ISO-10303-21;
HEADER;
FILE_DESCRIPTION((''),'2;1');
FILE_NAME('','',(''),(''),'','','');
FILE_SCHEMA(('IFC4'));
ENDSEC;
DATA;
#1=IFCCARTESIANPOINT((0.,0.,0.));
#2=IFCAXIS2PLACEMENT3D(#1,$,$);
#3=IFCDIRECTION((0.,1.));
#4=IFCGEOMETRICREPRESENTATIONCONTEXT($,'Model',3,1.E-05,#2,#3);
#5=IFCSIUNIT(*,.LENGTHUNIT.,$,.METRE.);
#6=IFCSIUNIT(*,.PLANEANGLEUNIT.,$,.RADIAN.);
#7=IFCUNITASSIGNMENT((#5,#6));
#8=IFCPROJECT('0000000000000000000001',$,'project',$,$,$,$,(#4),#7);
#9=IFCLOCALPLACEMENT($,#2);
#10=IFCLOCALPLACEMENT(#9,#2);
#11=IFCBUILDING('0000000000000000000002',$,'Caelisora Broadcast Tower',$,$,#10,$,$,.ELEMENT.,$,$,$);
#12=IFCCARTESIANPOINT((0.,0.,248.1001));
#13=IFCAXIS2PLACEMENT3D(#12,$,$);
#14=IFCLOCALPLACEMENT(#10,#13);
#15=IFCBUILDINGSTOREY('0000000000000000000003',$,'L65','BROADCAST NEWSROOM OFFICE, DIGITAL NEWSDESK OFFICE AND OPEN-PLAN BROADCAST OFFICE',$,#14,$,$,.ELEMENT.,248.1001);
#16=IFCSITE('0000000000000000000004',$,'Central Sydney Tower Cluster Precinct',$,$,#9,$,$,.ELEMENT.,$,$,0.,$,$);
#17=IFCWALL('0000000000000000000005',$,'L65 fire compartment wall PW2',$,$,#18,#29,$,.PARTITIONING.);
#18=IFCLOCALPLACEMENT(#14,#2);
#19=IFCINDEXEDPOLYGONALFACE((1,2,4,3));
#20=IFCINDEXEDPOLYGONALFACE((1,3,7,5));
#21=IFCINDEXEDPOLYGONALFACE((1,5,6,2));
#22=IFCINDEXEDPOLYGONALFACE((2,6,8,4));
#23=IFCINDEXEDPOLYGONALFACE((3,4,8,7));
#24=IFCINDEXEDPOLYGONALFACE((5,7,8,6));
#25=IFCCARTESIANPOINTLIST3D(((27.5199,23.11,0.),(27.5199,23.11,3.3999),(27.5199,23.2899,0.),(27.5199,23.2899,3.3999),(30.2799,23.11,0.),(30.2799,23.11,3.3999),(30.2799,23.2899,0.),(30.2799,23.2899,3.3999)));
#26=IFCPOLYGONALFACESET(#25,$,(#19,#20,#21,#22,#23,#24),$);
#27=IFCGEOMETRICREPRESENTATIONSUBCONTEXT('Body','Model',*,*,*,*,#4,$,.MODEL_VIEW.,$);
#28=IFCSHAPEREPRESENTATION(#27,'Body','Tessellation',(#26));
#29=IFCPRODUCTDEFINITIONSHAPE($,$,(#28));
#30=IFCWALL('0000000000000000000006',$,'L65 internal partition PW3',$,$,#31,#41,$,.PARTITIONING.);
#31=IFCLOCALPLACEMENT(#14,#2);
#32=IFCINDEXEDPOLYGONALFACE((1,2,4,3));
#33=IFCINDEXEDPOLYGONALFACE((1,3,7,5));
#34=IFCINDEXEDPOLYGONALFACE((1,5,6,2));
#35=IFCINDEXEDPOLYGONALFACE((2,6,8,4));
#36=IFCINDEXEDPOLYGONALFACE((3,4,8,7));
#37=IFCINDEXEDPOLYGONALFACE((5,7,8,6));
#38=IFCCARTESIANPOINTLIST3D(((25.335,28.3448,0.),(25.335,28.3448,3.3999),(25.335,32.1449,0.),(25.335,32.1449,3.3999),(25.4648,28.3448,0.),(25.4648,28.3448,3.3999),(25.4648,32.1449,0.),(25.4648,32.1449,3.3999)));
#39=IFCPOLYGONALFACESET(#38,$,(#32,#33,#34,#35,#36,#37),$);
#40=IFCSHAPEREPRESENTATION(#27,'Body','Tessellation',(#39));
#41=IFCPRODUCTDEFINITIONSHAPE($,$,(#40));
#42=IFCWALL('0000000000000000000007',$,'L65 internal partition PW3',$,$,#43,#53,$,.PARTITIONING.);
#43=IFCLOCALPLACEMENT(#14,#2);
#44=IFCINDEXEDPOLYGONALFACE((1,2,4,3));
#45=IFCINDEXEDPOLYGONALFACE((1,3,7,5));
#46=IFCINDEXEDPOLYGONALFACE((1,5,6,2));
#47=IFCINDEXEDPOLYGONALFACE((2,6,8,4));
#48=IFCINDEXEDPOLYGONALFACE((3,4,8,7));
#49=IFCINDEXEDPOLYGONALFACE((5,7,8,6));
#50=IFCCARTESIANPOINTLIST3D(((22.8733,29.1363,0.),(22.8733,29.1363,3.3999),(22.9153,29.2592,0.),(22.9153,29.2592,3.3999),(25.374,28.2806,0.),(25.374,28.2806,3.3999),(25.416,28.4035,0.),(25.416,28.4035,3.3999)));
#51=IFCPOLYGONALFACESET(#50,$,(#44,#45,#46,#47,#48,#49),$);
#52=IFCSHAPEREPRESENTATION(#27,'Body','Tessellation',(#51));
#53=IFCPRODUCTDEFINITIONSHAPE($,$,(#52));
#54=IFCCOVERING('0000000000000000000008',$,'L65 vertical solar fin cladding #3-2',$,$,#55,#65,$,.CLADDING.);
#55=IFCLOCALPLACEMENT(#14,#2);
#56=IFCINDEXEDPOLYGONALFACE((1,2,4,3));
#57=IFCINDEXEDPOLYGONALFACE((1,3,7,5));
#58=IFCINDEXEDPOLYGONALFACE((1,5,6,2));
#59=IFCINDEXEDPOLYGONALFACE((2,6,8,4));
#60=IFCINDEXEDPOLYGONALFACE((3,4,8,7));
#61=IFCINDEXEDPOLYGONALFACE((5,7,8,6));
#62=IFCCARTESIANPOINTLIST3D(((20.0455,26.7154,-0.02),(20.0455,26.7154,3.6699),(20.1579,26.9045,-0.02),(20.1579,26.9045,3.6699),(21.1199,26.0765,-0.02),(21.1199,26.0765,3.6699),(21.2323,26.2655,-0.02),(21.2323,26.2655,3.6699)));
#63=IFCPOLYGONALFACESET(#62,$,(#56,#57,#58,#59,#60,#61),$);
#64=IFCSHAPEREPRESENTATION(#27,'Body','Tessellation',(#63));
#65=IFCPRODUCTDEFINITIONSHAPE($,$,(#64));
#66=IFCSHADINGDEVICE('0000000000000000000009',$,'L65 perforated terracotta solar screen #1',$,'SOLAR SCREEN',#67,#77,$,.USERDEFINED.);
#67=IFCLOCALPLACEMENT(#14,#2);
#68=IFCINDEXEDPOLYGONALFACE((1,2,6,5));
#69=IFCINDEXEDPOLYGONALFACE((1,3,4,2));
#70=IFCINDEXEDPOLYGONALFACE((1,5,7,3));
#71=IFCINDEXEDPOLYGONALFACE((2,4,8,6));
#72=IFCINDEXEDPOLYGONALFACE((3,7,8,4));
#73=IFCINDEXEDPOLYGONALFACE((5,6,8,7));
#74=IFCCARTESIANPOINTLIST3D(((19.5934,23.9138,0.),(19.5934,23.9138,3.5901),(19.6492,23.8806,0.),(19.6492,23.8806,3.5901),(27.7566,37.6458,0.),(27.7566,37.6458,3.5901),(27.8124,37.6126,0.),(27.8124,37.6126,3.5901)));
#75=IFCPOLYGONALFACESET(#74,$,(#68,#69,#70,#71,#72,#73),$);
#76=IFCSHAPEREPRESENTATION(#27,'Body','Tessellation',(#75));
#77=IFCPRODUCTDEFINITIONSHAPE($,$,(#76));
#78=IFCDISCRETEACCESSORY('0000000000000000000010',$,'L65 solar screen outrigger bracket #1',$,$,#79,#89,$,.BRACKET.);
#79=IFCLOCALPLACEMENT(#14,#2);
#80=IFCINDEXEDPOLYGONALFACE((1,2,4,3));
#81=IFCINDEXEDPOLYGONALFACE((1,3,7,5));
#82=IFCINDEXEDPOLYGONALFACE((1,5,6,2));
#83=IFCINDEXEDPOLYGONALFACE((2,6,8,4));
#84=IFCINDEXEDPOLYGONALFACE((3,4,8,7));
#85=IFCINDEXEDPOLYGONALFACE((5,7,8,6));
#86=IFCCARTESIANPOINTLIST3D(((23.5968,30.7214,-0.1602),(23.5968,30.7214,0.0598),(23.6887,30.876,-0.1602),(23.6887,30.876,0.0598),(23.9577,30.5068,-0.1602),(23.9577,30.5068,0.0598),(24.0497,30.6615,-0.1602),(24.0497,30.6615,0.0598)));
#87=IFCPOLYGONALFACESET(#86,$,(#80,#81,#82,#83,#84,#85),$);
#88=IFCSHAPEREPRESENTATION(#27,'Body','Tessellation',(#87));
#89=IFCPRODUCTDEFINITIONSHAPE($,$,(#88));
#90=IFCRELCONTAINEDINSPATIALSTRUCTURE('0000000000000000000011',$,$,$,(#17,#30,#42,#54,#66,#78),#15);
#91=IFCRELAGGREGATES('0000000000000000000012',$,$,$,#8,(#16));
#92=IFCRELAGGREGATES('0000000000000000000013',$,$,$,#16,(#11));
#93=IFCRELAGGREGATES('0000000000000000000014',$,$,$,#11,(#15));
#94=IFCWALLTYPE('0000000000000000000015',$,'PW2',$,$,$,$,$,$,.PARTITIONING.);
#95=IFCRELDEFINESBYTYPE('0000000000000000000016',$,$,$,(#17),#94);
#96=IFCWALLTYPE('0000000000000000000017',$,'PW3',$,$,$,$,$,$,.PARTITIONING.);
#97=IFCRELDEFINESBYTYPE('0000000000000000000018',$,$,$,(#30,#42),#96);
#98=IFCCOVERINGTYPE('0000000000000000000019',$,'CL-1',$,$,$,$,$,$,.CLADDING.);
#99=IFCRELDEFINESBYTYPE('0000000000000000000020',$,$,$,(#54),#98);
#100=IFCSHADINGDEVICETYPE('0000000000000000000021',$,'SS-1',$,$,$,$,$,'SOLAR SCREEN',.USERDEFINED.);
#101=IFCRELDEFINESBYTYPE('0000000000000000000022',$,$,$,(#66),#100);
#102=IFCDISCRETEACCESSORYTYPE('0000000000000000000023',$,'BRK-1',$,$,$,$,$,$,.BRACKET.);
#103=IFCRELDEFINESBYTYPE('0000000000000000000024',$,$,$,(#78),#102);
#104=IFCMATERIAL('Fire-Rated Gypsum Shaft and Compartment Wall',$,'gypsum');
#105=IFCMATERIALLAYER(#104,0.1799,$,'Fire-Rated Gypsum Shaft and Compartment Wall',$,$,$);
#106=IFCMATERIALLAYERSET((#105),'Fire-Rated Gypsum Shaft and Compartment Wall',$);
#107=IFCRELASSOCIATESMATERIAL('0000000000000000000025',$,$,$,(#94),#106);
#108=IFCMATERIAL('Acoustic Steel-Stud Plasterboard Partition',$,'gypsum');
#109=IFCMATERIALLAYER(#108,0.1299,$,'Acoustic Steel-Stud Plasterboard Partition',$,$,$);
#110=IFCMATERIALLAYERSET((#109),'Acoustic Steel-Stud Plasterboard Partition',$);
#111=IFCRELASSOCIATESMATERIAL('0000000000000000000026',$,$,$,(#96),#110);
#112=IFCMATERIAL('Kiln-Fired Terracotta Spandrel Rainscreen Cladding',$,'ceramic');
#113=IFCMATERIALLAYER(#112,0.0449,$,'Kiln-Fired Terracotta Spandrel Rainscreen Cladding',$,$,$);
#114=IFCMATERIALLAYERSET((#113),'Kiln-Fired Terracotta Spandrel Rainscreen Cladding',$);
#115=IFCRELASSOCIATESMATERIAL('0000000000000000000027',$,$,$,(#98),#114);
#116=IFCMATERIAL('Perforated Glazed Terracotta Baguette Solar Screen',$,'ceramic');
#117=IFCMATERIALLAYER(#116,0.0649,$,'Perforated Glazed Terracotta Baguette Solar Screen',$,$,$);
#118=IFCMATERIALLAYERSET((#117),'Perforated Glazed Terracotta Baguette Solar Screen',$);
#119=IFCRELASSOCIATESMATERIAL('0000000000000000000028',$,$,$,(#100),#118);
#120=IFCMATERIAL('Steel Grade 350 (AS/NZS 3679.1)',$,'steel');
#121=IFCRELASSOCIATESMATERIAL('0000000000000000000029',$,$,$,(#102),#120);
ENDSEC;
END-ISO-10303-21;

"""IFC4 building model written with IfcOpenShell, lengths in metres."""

from ifc_helpers import new_model, si_unit, direction, frame, frame_2d, origin, origin_2d, place, context, subcontext, project, spatial, rectangle, extrude, source, transform, mapped, material, layer, layer_set, type_object, type_shapes, element, save


model = new_model("IFC4")

# Units and contexts
model_context = context("Model", 3, precision=1e-05, world=origin(), true_north=direction((0.0, 1.0)))
body_context = subcontext(model_context, "Body", "Model", "MODEL_VIEW")
ifc_project = project(units=[si_unit("LENGTHUNIT", "METRE"), si_unit("PLANEANGLEUNIT", "RADIAN")], contexts=[model_context])

# Site, building, storey
site_placement = place(None, origin())
site = spatial("IfcSite", under=ifc_project, at=site_placement, Name="Central Sydney Tower Cluster Precinct", CompositionType="ELEMENT", RefElevation=0.0)
building_placement = place(site_placement, origin())
building = spatial("IfcBuilding", under=site, at=building_placement, Name="Caelisora Broadcast Tower", CompositionType="ELEMENT")
storey_placement = place(building_placement, frame((0.0, 0.0, 248.1001)))
storey = spatial("IfcBuildingStorey", under=building, at=storey_placement, Name="L65", Description="BROADCAST NEWSROOM OFFICE, DIGITAL NEWSDESK OFFICE AND OPEN-PLAN BROADCAST OFFICE", CompositionType="ELEMENT", Elevation=248.1001)

# Shared definitions
ifc_material_1 = material(Name="Steel Grade 350 (AS/NZS 3679.1)", Category="steel")

# Shared definitions
ifc_material_2 = material(Name="Fire-Rated Gypsum Shaft and Compartment Wall", Category="gypsum")
ifc_layer_1 = layer(ifc_material_2, 0.1799, Name="Fire-Rated Gypsum Shaft and Compartment Wall")
ifc_layer_set_1 = layer_set([ifc_layer_1], Name="Fire-Rated Gypsum Shaft and Compartment Wall")
wall_type_1 = type_object("IfcWallType", Name="PW2", PredefinedType="PARTITIONING", material=ifc_layer_set_1)

# Walls
wall_1_placement = place(storey_placement, frame((27.52, 23.2, 0.0), z_axis=(0.0, 0.0, 1.0), x_axis=(1.0, 0.0, 0.0)))
element("IfcWall", 1, at=wall_1_placement, inside=storey, type_object=wall_type_1, Name="L65 fire compartment wall PW2", PredefinedType="PARTITIONING", context=body_context, shape_type="SweptSolid", body=[
    extrude(rectangle(XDim=2.76, YDim=0.1799, at=frame_2d((1.3799, 0.0))), origin(), (0.0, 0.0, 1.0), 3.3999),
])
ifc_material_3 = material(Name="Acoustic Steel-Stud Plasterboard Partition", Category="gypsum")
ifc_layer_2 = layer(ifc_material_3, 0.1299, Name="Acoustic Steel-Stud Plasterboard Partition")
ifc_layer_set_2 = layer_set([ifc_layer_2], Name="Acoustic Steel-Stud Plasterboard Partition")
wall_type_2 = type_object("IfcWallType", Name="PW3", PredefinedType="PARTITIONING", material=ifc_layer_set_2)
wall_2_placement = place(storey_placement, frame((25.3999, 28.345, 0.0), z_axis=(0.0, 0.0, 1.0), x_axis=(0.0, 1.0, 0.0)))
element("IfcWall", 2, at=wall_2_placement, inside=storey, type_object=wall_type_2, Name="L65 internal partition PW3", PredefinedType="PARTITIONING", context=body_context, shape_type="SweptSolid", body=[
    extrude(rectangle(XDim=3.8, YDim=0.1299, at=frame_2d((1.8999, 0.0))), origin(), (0.0, 0.0, 1.0), 3.3999),
])
wall_3_placement = place(storey_placement, frame((22.8943, 29.1978, 0.0), z_axis=(0.0, 0.0, 1.0), x_axis=(0.946141, -0.323755, 0.0)))
element("IfcWall", 3, at=wall_3_placement, inside=storey, type_object=wall_type_2, Name="L65 internal partition PW3", PredefinedType="PARTITIONING", context=body_context, shape_type="SweptSolid", body=[
    extrude(rectangle(XDim=2.6431, YDim=0.1299, at=frame_2d((1.3215, 0.0))), origin(), (0.0, 0.0, 1.0), 3.3999),
])

# Covering
ifc_material_4 = material(Name="Kiln-Fired Terracotta Spandrel Rainscreen Cladding", Category="ceramic")
ifc_layer_3 = layer(ifc_material_4, 0.0449, Name="Kiln-Fired Terracotta Spandrel Rainscreen Cladding")
ifc_layer_set_3 = layer_set([ifc_layer_3], Name="Kiln-Fired Terracotta Spandrel Rainscreen Cladding")
covering_type = type_object("IfcCoveringType", Name="CL-1", PredefinedType="CLADDING", material=ifc_layer_set_3)
shared_shape_1 = source(origin(), body_context, "Body", "SweptSolid", [
    extrude(rectangle(XDim=0.22, YDim=1.25, at=origin_2d()), origin(), (0.0, 0.0, 1.0), 3.6899),
])
type_shapes(covering_type, [shared_shape_1])
covering_placement = place(storey_placement, frame((20.6389, 26.4905, -0.02), z_axis=(0.0, 0.0, 1.0), x_axis=(0.511143, 0.859496, 0.0)))
element("IfcCovering", 4, at=covering_placement, inside=storey, type_object=covering_type, Name="L65 vertical solar fin cladding #3-2", PredefinedType="CLADDING", context=body_context, shape_type="MappedRepresentation", body=[
    mapped(shared_shape_1, transform((0.0, 0.0, 0.0), scale=1.0)),
])

# Shading device
ifc_material_5 = material(Name="Perforated Glazed Terracotta Baguette Solar Screen", Category="ceramic")
ifc_layer_4 = layer(ifc_material_5, 0.0649, Name="Perforated Glazed Terracotta Baguette Solar Screen")
ifc_layer_set_4 = layer_set([ifc_layer_4], Name="Perforated Glazed Terracotta Baguette Solar Screen")
shading_device_type = type_object("IfcShadingDeviceType", Name="SS-1", ElementType="SOLAR SCREEN", PredefinedType="USERDEFINED", material=ifc_layer_set_4)
shared_shape_2 = source(origin(), body_context, "Body", "SweptSolid", [
    extrude(rectangle(XDim=15.9751, YDim=0.0649, at=origin_2d()), origin(), (0.0, 0.0, 1.0), 3.5901),
])
type_shapes(shading_device_type, [shared_shape_2])
shading_device_placement = place(storey_placement, frame((23.7029, 30.7632, 0.0), z_axis=(0.0, 0.0, 1.0), x_axis=(-0.510993, -0.859585, 0.0)))
element("IfcShadingDevice", 5, at=shading_device_placement, inside=storey, type_object=shading_device_type, Name="L65 perforated terracotta solar screen #1", ObjectType="SOLAR SCREEN", PredefinedType="USERDEFINED", context=body_context, shape_type="MappedRepresentation", body=[
    mapped(shared_shape_2, transform((0.0, 0.0, 0.0), scale=1.0)),
])

# Discrete accessory
discrete_accessory_type = type_object("IfcDiscreteAccessoryType", Name="BRK-1", PredefinedType="BRACKET", material=ifc_material_1)
shared_shape_3 = source(origin(), body_context, "Body", "SweptSolid", [
    extrude(rectangle(XDim=0.1799, YDim=0.4199, at=origin_2d()), origin(), (0.0, 0.0, 1.0), 0.22),
])
type_shapes(discrete_accessory_type, [shared_shape_3])
discrete_accessory_placement = place(storey_placement, frame((23.8232, 30.6914, -0.1602), z_axis=(0.0, 0.0, 1.0), x_axis=(-0.510993, -0.859585, 0.0)))
element("IfcDiscreteAccessory", 6, at=discrete_accessory_placement, inside=storey, type_object=discrete_accessory_type, Name="L65 solar screen outrigger bracket #1", PredefinedType="BRACKET", context=body_context, shape_type="MappedRepresentation", body=[
    mapped(shared_shape_3, transform((0.0, 0.0, 0.0), scale=1.0)),
])

save(model, "model.ifc")
